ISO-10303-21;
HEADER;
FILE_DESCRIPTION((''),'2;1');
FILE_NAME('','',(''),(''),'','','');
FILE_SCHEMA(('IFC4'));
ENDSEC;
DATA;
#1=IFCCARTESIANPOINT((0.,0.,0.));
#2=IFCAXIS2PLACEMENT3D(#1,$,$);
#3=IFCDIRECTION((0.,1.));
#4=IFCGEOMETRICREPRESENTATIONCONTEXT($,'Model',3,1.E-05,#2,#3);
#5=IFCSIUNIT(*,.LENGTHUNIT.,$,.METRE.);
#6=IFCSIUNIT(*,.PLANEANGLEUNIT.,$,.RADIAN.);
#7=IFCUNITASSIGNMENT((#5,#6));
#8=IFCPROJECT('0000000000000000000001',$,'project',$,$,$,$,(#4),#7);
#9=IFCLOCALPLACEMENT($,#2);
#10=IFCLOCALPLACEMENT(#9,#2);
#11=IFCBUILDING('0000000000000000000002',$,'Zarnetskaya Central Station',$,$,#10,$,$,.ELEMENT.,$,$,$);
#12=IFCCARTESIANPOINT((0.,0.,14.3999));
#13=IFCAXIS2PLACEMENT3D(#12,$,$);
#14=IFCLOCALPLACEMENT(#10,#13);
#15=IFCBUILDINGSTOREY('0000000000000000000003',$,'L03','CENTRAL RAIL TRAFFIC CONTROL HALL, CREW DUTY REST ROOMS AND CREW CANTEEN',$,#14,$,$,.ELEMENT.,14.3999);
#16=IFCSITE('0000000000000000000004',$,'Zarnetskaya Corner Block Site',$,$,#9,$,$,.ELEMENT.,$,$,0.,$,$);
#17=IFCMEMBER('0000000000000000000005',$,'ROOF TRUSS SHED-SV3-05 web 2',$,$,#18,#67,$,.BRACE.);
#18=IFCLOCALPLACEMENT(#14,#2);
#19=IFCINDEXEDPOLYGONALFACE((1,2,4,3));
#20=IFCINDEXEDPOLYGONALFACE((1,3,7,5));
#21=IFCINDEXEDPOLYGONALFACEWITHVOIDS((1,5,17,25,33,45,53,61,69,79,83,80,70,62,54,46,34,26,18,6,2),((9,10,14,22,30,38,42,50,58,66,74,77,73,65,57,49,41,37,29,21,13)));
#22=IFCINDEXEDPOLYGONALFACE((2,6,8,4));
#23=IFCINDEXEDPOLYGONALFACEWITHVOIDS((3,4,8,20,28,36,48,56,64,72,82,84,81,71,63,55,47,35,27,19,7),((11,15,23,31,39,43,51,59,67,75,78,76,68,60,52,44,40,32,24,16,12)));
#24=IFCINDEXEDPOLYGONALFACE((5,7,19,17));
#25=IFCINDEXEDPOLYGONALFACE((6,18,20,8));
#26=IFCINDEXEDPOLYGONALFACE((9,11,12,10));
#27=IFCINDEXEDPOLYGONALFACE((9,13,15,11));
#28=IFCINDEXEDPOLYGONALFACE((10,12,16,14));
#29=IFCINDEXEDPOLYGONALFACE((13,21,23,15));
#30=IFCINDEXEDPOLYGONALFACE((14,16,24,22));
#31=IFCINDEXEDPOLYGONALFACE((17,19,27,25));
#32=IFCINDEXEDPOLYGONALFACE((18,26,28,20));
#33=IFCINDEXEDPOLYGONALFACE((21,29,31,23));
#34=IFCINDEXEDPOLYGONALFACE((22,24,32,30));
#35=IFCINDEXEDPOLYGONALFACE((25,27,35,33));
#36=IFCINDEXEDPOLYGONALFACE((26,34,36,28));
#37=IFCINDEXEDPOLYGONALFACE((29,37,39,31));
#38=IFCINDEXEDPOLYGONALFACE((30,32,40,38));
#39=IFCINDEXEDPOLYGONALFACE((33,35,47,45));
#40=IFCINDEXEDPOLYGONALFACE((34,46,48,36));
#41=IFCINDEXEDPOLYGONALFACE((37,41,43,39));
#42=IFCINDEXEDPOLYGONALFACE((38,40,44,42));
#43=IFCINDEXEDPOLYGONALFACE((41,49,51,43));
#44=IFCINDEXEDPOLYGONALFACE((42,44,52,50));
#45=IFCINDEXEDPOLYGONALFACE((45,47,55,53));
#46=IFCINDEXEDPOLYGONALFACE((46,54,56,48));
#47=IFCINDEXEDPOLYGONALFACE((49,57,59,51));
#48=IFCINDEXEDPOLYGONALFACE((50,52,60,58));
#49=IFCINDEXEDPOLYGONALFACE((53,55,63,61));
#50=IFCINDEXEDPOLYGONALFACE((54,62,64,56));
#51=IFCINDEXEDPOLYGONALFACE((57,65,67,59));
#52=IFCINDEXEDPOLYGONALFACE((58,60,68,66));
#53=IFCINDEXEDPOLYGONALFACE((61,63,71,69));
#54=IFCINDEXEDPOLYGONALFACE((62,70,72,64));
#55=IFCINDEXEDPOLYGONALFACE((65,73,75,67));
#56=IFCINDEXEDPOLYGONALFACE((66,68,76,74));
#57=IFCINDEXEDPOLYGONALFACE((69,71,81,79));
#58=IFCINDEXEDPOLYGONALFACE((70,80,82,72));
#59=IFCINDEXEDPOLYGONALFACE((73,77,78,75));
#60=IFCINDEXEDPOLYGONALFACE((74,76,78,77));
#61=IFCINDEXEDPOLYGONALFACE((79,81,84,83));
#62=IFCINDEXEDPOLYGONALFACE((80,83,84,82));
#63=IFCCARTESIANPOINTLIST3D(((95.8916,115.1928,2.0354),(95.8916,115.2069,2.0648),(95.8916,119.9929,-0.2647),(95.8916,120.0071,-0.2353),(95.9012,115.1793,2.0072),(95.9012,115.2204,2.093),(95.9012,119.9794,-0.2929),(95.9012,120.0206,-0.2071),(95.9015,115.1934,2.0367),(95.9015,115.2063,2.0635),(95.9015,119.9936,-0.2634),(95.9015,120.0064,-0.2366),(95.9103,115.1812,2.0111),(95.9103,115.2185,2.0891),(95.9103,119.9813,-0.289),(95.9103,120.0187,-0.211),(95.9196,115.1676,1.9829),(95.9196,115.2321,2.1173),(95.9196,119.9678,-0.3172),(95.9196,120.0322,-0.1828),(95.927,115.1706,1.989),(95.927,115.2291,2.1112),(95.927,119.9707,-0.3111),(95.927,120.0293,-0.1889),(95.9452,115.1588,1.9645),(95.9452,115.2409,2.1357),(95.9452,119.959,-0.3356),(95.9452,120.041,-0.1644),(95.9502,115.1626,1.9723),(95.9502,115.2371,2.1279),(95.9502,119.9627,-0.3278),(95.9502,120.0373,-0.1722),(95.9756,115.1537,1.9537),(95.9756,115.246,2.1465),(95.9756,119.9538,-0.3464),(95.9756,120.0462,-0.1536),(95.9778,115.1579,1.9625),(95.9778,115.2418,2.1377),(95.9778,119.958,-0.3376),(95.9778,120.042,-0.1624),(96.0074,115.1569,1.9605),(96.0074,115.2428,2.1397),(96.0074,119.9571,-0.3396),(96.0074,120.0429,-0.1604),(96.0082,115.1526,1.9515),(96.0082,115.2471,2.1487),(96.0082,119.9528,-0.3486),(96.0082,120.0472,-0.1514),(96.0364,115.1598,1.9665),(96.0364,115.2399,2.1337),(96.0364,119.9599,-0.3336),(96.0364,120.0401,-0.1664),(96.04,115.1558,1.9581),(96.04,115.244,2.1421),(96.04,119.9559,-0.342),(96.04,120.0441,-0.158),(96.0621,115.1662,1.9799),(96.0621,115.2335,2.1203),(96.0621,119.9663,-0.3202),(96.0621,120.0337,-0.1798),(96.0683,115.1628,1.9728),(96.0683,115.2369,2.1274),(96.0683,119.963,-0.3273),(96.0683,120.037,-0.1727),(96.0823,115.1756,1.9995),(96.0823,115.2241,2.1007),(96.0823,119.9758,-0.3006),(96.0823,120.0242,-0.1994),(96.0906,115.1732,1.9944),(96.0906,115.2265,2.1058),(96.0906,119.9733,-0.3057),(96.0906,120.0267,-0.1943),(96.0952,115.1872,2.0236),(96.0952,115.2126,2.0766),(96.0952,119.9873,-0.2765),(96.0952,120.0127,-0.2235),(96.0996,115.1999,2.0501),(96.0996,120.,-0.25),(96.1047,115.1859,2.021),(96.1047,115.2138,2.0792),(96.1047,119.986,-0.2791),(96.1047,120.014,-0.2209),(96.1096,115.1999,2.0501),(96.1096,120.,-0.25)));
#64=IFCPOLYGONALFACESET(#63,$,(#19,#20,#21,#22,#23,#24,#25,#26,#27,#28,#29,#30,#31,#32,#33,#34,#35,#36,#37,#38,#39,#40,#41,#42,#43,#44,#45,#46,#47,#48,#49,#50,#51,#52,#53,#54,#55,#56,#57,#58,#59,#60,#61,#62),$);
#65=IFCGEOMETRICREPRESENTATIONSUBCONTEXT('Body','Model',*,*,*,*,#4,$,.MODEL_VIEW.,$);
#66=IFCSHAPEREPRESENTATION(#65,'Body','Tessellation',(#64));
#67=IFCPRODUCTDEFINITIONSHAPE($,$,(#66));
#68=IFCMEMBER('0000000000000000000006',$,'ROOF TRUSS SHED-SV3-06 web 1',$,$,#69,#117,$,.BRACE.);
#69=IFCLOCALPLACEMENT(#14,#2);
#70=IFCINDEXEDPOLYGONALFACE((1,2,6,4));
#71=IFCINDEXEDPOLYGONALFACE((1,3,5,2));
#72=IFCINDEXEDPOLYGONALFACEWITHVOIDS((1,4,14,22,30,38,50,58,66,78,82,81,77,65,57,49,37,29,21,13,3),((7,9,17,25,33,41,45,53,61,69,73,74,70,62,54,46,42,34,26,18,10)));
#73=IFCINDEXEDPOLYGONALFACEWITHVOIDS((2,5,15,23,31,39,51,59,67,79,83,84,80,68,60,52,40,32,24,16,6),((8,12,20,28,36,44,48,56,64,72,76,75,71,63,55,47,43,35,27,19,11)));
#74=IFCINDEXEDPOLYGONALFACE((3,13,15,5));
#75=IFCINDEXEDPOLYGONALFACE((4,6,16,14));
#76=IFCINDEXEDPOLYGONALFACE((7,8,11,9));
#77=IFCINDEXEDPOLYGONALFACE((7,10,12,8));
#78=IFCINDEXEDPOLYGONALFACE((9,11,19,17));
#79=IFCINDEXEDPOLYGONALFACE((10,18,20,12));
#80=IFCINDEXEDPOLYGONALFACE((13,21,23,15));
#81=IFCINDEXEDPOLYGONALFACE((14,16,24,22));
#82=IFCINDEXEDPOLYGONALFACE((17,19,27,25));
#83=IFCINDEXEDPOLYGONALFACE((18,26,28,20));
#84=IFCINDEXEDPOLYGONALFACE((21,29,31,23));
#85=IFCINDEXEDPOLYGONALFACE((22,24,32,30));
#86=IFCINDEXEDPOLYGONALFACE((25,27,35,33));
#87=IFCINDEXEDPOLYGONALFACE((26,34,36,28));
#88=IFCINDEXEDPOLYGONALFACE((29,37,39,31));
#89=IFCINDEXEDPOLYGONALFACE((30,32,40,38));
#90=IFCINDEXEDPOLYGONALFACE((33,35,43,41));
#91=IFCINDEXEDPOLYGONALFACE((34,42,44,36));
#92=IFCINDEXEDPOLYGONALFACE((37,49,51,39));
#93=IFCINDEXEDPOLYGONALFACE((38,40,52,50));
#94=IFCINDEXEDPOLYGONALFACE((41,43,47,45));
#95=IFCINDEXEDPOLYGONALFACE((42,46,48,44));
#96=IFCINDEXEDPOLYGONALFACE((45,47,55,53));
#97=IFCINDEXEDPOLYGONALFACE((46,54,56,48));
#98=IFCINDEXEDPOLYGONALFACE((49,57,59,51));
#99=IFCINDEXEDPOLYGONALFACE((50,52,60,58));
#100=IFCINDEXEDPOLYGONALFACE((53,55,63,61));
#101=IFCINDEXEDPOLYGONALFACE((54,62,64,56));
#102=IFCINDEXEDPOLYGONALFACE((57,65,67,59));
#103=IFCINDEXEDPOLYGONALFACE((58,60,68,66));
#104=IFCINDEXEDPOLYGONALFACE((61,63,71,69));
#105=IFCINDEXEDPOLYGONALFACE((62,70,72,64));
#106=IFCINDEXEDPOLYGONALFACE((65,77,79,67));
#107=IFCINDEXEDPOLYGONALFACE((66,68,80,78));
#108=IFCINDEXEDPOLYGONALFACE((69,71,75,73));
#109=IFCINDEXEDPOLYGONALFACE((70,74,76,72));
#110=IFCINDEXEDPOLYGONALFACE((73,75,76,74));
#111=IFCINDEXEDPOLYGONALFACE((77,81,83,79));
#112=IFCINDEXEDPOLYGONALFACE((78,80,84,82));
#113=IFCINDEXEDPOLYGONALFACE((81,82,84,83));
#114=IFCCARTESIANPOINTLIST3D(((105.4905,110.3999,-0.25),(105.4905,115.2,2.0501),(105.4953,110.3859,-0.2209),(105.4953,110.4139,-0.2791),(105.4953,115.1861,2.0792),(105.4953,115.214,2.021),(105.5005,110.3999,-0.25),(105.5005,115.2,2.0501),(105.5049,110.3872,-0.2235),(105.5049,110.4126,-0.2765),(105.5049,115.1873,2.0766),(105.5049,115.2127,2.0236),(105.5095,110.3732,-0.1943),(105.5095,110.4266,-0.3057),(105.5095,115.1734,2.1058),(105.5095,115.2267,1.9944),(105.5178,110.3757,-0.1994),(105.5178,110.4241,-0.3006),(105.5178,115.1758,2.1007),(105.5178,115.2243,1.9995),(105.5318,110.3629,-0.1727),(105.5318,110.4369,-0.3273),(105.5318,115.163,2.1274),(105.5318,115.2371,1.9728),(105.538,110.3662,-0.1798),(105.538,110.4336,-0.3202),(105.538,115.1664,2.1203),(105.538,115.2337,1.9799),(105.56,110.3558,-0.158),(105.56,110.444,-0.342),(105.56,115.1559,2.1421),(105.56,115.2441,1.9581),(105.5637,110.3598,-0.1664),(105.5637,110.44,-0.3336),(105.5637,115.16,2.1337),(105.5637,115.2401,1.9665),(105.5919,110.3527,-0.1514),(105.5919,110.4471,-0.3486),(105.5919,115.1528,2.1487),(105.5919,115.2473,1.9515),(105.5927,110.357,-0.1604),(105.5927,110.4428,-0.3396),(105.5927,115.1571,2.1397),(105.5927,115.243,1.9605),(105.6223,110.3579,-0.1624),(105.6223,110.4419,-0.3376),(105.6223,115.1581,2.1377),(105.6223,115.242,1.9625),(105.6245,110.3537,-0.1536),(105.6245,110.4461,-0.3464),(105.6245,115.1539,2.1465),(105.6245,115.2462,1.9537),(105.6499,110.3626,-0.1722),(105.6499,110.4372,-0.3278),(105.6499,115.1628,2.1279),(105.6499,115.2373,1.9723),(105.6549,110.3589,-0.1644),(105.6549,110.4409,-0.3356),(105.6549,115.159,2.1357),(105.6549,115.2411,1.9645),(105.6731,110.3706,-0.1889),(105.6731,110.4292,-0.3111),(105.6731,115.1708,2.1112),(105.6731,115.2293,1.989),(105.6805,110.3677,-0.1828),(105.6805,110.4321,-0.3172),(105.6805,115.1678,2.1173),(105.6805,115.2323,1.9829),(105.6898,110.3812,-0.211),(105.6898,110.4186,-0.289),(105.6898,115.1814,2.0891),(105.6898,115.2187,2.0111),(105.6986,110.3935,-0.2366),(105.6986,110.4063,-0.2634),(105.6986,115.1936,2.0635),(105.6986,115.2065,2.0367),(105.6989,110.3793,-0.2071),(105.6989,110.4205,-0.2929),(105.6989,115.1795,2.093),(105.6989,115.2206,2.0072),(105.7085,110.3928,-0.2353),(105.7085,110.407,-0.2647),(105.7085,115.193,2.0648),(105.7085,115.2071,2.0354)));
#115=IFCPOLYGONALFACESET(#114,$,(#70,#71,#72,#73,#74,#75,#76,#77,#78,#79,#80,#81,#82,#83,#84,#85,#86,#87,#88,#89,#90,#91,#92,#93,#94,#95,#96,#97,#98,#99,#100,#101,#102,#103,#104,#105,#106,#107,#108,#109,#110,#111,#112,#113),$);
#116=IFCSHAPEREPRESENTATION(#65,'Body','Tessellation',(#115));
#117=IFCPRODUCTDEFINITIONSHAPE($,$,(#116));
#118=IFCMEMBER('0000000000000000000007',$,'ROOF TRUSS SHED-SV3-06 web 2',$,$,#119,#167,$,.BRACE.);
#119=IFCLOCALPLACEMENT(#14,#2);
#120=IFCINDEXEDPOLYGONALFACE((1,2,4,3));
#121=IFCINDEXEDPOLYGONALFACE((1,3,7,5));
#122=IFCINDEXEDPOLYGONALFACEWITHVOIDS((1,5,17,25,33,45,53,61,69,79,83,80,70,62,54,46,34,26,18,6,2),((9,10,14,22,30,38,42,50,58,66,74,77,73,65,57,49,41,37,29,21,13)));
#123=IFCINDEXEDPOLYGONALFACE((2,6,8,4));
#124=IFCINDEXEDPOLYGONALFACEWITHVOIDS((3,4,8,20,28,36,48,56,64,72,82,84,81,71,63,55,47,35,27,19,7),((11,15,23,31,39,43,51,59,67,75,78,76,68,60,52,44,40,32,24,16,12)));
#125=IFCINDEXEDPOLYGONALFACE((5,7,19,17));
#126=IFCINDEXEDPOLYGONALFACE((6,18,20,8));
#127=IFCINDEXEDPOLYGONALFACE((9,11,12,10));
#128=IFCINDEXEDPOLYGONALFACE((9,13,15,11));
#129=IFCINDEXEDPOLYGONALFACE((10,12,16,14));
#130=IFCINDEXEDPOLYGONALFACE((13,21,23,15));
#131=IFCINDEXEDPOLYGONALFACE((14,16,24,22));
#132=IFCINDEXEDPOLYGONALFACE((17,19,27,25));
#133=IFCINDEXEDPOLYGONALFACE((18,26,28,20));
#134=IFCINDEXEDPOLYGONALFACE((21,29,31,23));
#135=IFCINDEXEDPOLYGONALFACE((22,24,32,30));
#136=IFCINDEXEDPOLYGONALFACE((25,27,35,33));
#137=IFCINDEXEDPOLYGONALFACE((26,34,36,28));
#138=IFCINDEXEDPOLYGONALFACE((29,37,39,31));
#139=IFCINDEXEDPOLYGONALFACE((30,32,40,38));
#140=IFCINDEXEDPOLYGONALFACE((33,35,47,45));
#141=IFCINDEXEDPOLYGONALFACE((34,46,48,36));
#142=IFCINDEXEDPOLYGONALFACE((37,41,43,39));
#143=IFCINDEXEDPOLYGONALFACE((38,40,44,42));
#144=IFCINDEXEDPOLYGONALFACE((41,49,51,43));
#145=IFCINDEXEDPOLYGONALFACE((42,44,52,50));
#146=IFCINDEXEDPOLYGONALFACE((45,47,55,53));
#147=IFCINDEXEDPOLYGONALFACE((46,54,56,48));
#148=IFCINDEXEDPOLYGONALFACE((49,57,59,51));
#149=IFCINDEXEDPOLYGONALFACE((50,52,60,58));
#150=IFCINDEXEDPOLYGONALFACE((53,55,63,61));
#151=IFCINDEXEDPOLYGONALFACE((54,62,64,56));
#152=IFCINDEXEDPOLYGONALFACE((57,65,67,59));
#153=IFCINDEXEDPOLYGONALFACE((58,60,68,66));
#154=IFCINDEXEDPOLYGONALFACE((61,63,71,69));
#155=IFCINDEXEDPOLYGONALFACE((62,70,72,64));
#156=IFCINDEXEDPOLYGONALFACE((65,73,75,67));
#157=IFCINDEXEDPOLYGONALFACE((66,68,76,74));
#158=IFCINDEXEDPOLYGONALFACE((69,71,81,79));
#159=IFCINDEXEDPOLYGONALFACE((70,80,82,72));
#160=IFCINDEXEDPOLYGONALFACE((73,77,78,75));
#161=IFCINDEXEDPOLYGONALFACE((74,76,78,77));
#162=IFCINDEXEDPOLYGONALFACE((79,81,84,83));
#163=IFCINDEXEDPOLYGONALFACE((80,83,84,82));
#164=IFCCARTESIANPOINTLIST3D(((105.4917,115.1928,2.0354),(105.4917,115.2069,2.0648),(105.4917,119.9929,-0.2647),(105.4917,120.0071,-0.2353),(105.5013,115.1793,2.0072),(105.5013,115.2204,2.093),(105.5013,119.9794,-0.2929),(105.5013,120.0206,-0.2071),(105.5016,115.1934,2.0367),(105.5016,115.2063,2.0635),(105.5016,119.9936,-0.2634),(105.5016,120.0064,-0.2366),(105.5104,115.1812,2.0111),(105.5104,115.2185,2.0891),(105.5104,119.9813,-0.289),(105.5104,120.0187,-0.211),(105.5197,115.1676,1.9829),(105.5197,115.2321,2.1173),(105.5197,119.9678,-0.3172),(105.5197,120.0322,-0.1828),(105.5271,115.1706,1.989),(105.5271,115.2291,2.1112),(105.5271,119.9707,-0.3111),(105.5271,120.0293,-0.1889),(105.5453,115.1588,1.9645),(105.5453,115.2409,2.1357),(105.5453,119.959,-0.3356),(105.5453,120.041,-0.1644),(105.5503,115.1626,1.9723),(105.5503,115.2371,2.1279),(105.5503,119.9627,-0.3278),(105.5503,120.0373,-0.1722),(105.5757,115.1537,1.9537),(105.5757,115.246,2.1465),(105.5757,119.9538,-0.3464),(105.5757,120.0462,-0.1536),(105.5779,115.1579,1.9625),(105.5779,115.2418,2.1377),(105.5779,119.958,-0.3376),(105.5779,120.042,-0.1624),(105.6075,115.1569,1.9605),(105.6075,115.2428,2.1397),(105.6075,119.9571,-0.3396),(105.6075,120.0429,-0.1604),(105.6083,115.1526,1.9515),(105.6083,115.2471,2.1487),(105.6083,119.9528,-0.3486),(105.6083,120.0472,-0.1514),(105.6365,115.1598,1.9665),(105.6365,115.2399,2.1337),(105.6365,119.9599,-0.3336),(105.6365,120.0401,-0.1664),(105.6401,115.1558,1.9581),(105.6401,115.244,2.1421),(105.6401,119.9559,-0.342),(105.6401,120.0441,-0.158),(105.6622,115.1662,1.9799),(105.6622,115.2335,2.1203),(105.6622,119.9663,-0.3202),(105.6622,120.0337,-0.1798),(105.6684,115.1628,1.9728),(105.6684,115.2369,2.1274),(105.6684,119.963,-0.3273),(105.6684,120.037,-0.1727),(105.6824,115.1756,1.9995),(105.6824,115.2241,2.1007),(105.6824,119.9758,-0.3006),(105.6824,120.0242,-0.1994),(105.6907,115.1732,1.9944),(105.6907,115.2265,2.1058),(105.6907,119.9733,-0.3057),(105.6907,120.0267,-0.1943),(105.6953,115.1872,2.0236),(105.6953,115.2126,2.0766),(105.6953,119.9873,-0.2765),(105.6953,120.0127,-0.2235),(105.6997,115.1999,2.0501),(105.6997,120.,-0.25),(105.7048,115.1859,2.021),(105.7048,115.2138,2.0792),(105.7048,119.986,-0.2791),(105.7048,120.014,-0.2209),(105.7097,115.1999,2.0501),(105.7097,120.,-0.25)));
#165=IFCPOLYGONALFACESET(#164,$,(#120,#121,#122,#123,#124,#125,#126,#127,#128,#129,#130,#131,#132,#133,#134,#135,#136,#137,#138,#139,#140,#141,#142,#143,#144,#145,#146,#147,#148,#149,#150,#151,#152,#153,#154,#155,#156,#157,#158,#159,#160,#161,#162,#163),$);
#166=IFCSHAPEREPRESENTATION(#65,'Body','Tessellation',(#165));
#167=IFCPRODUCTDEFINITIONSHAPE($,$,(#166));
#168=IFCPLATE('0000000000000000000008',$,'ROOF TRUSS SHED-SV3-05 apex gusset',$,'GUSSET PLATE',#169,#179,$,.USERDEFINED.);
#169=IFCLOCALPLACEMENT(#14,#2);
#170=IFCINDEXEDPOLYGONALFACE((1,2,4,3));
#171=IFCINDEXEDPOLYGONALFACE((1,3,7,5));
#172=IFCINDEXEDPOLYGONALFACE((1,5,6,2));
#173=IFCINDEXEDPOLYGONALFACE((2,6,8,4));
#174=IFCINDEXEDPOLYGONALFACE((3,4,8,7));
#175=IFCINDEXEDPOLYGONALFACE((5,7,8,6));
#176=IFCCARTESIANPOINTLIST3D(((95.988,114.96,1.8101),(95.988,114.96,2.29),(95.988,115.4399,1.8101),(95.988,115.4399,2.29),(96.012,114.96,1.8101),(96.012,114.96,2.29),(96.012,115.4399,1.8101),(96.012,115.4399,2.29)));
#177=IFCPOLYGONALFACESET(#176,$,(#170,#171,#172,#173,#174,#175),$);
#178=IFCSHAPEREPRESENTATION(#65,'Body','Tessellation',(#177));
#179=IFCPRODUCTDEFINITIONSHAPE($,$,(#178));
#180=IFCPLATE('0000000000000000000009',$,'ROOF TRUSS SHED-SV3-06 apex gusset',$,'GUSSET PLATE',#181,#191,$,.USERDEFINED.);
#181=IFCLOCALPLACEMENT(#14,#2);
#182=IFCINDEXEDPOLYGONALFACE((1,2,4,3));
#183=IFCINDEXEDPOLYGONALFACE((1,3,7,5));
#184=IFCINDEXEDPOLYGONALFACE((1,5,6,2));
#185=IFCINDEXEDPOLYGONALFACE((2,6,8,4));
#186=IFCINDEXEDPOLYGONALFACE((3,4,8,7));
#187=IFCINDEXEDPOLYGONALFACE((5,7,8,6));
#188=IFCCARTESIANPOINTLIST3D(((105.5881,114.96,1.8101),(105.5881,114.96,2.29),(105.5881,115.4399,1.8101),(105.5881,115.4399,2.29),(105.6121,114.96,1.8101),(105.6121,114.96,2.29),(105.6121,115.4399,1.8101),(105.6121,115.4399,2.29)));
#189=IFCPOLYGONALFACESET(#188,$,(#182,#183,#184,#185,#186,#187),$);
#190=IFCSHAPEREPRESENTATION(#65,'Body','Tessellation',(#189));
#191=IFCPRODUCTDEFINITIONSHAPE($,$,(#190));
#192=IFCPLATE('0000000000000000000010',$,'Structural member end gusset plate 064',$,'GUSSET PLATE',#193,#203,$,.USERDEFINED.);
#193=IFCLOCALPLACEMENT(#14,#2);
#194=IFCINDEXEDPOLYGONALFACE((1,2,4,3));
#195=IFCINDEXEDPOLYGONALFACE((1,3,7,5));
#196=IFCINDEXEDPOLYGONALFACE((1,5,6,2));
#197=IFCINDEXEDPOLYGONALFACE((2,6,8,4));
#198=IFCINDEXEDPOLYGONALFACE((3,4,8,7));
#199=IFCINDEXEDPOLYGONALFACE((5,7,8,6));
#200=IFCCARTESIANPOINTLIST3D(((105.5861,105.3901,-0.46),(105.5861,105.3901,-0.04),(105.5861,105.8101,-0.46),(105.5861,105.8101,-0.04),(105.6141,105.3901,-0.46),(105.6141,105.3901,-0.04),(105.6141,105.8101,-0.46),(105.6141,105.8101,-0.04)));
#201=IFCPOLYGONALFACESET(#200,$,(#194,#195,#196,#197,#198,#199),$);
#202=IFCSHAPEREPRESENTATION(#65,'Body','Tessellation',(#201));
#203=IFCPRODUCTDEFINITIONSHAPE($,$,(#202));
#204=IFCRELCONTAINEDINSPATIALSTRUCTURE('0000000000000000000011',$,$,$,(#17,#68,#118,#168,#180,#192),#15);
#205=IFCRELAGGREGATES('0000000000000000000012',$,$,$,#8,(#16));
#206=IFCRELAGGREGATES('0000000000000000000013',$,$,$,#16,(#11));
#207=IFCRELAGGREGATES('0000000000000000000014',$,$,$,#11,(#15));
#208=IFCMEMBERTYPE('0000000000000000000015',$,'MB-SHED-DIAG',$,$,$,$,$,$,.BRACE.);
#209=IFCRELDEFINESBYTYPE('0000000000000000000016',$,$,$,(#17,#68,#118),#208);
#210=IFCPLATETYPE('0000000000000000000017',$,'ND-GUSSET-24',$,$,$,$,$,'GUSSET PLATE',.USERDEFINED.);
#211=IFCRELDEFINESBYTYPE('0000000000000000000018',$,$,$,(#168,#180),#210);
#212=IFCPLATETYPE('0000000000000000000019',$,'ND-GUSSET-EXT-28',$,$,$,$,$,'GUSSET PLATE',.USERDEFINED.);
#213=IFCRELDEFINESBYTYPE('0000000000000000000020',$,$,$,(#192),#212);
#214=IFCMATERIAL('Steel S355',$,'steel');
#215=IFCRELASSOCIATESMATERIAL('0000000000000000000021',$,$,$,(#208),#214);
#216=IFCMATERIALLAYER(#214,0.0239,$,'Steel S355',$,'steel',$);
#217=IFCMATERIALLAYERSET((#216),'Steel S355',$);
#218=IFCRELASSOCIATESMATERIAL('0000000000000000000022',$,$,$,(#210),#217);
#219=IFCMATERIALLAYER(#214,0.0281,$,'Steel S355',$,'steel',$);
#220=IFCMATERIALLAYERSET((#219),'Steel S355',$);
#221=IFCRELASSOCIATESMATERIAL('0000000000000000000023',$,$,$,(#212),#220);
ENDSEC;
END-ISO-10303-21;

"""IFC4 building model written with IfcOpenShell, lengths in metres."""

from ifc_helpers import new_model, si_unit, direction, frame, origin, origin_2d, place, context, subcontext, project, spatial, rectangle, hollow_circle, extrude, material, layer, layer_set, material_profile, profile_set, type_object, element, save


model = new_model("IFC4")

# Units and contexts
model_context = context("Model", 3, precision=1e-05, world=origin(), true_north=direction((0.0, 1.0)))
body_context = subcontext(model_context, "Body", "Model", "MODEL_VIEW")
ifc_project = project(units=[si_unit("LENGTHUNIT", "METRE"), si_unit("PLANEANGLEUNIT", "RADIAN")], contexts=[model_context])

# Site, building, storey
site_placement = place(None, origin())
site = spatial("IfcSite", under=ifc_project, at=site_placement, Name="Zarnetskaya Corner Block Site", CompositionType="ELEMENT", RefElevation=0.0)
building_placement = place(site_placement, origin())
building = spatial("IfcBuilding", under=site, at=building_placement, Name="Zarnetskaya Central Station", CompositionType="ELEMENT")
storey_placement = place(building_placement, frame((0.0, 0.0, 14.3999)))
storey = spatial("IfcBuildingStorey", under=building, at=storey_placement, Name="L03", Description="CENTRAL RAIL TRAFFIC CONTROL HALL, CREW DUTY REST ROOMS AND CREW CANTEEN", CompositionType="ELEMENT", Elevation=14.3999)

# Shared definitions
ifc_material_1 = material(Name="Steel S355", Category="steel")

# Members
ifc_material_profile_1 = material_profile(ifc_material_1, hollow_circle(Radius=0.1096, WallThickness=0.01, at=origin_2d()), Name="CHS 219.1x10")
ifc_profile_set_1 = profile_set([ifc_material_profile_1], Name="Steel S355")
member_type_1 = type_object("IfcMemberType", Name="MB-SHED-DIAG", PredefinedType="BRACE", material=ifc_profile_set_1)
for number, where, z_axis, x_axis, name in (
    (1, (96.0, 120.0, -0.25), (0.0, -0.901814, 0.432124), (1.0, 0.0, 0.0), "ROOF TRUSS SHED-SV3-05 web 2"),
    (2, (105.6001, 110.3999, -0.25), (0.0, 0.901814, 0.432124), (-1.0, 0.0, 0.0), "ROOF TRUSS SHED-SV3-06 web 1"),
    (3, (105.6001, 120.0, -0.25), (0.0, -0.901814, 0.432124), (1.0, 0.0, 0.0), "ROOF TRUSS SHED-SV3-06 web 2"),
):
    element("IfcMember", number, at=place(storey_placement, frame(where, z_axis=z_axis, x_axis=x_axis)), inside=storey, type_object=member_type_1, Name=name, PredefinedType="BRACE", context=body_context, shape_type="SweptSolid", body=[
        extrude(hollow_circle(Radius=0.1096, WallThickness=0.01, at=origin_2d()), origin(), (0.0, 0.0, 1.0), 5.3228),
    ])

# Plates
ifc_layer_1 = layer(ifc_material_1, 0.0239, Name="Steel S355", Category="steel")
ifc_layer_set_1 = layer_set([ifc_layer_1], Name="Steel S355")
plate_type_1 = type_object("IfcPlateType", Name="ND-GUSSET-24", ElementType="GUSSET PLATE", PredefinedType="USERDEFINED", material=ifc_layer_set_1)
for number, where, z_axis, x_axis, name in (
    (4, (96.0, 115.2, 1.8101), (0.0, 0.0, 1.0), (1.0, 0.0, 0.0), "ROOF TRUSS SHED-SV3-05 apex gusset"),
    (5, (105.6001, 115.2, 1.8101), (0.0, 0.0, 1.0), (1.0, 0.0, 0.0), "ROOF TRUSS SHED-SV3-06 apex gusset"),
):
    element("IfcPlate", number, at=place(storey_placement, frame(where, z_axis=z_axis, x_axis=x_axis)), inside=storey, type_object=plate_type_1, Name=name, ObjectType="GUSSET PLATE", PredefinedType="USERDEFINED", context=body_context, shape_type="SweptSolid", body=[
        extrude(rectangle(XDim=0.0239, YDim=0.48, at=origin_2d()), origin(), (0.0, 0.0, 1.0), 0.48),
    ])
ifc_layer_2 = layer(ifc_material_1, 0.0281, Name="Steel S355", Category="steel")
ifc_layer_set_2 = layer_set([ifc_layer_2], Name="Steel S355")
plate_type_2 = type_object("IfcPlateType", Name="ND-GUSSET-EXT-28", ElementType="GUSSET PLATE", PredefinedType="USERDEFINED", material=ifc_layer_set_2)
for number, where, z_axis, x_axis, name in (
    (6, (105.6001, 105.6001, -0.46), (0.0, 0.0, 1.0), (1.0, 0.0, 0.0), "Structural member end gusset plate 064"),
):
    element("IfcPlate", number, at=place(storey_placement, frame(where, z_axis=z_axis, x_axis=x_axis)), inside=storey, type_object=plate_type_2, Name=name, ObjectType="GUSSET PLATE", PredefinedType="USERDEFINED", context=body_context, shape_type="SweptSolid", body=[
        extrude(rectangle(XDim=0.0281, YDim=0.4199, at=origin_2d()), origin(), (0.0, 0.0, 1.0), 0.4199),
    ])

save(model, "model.ifc")
